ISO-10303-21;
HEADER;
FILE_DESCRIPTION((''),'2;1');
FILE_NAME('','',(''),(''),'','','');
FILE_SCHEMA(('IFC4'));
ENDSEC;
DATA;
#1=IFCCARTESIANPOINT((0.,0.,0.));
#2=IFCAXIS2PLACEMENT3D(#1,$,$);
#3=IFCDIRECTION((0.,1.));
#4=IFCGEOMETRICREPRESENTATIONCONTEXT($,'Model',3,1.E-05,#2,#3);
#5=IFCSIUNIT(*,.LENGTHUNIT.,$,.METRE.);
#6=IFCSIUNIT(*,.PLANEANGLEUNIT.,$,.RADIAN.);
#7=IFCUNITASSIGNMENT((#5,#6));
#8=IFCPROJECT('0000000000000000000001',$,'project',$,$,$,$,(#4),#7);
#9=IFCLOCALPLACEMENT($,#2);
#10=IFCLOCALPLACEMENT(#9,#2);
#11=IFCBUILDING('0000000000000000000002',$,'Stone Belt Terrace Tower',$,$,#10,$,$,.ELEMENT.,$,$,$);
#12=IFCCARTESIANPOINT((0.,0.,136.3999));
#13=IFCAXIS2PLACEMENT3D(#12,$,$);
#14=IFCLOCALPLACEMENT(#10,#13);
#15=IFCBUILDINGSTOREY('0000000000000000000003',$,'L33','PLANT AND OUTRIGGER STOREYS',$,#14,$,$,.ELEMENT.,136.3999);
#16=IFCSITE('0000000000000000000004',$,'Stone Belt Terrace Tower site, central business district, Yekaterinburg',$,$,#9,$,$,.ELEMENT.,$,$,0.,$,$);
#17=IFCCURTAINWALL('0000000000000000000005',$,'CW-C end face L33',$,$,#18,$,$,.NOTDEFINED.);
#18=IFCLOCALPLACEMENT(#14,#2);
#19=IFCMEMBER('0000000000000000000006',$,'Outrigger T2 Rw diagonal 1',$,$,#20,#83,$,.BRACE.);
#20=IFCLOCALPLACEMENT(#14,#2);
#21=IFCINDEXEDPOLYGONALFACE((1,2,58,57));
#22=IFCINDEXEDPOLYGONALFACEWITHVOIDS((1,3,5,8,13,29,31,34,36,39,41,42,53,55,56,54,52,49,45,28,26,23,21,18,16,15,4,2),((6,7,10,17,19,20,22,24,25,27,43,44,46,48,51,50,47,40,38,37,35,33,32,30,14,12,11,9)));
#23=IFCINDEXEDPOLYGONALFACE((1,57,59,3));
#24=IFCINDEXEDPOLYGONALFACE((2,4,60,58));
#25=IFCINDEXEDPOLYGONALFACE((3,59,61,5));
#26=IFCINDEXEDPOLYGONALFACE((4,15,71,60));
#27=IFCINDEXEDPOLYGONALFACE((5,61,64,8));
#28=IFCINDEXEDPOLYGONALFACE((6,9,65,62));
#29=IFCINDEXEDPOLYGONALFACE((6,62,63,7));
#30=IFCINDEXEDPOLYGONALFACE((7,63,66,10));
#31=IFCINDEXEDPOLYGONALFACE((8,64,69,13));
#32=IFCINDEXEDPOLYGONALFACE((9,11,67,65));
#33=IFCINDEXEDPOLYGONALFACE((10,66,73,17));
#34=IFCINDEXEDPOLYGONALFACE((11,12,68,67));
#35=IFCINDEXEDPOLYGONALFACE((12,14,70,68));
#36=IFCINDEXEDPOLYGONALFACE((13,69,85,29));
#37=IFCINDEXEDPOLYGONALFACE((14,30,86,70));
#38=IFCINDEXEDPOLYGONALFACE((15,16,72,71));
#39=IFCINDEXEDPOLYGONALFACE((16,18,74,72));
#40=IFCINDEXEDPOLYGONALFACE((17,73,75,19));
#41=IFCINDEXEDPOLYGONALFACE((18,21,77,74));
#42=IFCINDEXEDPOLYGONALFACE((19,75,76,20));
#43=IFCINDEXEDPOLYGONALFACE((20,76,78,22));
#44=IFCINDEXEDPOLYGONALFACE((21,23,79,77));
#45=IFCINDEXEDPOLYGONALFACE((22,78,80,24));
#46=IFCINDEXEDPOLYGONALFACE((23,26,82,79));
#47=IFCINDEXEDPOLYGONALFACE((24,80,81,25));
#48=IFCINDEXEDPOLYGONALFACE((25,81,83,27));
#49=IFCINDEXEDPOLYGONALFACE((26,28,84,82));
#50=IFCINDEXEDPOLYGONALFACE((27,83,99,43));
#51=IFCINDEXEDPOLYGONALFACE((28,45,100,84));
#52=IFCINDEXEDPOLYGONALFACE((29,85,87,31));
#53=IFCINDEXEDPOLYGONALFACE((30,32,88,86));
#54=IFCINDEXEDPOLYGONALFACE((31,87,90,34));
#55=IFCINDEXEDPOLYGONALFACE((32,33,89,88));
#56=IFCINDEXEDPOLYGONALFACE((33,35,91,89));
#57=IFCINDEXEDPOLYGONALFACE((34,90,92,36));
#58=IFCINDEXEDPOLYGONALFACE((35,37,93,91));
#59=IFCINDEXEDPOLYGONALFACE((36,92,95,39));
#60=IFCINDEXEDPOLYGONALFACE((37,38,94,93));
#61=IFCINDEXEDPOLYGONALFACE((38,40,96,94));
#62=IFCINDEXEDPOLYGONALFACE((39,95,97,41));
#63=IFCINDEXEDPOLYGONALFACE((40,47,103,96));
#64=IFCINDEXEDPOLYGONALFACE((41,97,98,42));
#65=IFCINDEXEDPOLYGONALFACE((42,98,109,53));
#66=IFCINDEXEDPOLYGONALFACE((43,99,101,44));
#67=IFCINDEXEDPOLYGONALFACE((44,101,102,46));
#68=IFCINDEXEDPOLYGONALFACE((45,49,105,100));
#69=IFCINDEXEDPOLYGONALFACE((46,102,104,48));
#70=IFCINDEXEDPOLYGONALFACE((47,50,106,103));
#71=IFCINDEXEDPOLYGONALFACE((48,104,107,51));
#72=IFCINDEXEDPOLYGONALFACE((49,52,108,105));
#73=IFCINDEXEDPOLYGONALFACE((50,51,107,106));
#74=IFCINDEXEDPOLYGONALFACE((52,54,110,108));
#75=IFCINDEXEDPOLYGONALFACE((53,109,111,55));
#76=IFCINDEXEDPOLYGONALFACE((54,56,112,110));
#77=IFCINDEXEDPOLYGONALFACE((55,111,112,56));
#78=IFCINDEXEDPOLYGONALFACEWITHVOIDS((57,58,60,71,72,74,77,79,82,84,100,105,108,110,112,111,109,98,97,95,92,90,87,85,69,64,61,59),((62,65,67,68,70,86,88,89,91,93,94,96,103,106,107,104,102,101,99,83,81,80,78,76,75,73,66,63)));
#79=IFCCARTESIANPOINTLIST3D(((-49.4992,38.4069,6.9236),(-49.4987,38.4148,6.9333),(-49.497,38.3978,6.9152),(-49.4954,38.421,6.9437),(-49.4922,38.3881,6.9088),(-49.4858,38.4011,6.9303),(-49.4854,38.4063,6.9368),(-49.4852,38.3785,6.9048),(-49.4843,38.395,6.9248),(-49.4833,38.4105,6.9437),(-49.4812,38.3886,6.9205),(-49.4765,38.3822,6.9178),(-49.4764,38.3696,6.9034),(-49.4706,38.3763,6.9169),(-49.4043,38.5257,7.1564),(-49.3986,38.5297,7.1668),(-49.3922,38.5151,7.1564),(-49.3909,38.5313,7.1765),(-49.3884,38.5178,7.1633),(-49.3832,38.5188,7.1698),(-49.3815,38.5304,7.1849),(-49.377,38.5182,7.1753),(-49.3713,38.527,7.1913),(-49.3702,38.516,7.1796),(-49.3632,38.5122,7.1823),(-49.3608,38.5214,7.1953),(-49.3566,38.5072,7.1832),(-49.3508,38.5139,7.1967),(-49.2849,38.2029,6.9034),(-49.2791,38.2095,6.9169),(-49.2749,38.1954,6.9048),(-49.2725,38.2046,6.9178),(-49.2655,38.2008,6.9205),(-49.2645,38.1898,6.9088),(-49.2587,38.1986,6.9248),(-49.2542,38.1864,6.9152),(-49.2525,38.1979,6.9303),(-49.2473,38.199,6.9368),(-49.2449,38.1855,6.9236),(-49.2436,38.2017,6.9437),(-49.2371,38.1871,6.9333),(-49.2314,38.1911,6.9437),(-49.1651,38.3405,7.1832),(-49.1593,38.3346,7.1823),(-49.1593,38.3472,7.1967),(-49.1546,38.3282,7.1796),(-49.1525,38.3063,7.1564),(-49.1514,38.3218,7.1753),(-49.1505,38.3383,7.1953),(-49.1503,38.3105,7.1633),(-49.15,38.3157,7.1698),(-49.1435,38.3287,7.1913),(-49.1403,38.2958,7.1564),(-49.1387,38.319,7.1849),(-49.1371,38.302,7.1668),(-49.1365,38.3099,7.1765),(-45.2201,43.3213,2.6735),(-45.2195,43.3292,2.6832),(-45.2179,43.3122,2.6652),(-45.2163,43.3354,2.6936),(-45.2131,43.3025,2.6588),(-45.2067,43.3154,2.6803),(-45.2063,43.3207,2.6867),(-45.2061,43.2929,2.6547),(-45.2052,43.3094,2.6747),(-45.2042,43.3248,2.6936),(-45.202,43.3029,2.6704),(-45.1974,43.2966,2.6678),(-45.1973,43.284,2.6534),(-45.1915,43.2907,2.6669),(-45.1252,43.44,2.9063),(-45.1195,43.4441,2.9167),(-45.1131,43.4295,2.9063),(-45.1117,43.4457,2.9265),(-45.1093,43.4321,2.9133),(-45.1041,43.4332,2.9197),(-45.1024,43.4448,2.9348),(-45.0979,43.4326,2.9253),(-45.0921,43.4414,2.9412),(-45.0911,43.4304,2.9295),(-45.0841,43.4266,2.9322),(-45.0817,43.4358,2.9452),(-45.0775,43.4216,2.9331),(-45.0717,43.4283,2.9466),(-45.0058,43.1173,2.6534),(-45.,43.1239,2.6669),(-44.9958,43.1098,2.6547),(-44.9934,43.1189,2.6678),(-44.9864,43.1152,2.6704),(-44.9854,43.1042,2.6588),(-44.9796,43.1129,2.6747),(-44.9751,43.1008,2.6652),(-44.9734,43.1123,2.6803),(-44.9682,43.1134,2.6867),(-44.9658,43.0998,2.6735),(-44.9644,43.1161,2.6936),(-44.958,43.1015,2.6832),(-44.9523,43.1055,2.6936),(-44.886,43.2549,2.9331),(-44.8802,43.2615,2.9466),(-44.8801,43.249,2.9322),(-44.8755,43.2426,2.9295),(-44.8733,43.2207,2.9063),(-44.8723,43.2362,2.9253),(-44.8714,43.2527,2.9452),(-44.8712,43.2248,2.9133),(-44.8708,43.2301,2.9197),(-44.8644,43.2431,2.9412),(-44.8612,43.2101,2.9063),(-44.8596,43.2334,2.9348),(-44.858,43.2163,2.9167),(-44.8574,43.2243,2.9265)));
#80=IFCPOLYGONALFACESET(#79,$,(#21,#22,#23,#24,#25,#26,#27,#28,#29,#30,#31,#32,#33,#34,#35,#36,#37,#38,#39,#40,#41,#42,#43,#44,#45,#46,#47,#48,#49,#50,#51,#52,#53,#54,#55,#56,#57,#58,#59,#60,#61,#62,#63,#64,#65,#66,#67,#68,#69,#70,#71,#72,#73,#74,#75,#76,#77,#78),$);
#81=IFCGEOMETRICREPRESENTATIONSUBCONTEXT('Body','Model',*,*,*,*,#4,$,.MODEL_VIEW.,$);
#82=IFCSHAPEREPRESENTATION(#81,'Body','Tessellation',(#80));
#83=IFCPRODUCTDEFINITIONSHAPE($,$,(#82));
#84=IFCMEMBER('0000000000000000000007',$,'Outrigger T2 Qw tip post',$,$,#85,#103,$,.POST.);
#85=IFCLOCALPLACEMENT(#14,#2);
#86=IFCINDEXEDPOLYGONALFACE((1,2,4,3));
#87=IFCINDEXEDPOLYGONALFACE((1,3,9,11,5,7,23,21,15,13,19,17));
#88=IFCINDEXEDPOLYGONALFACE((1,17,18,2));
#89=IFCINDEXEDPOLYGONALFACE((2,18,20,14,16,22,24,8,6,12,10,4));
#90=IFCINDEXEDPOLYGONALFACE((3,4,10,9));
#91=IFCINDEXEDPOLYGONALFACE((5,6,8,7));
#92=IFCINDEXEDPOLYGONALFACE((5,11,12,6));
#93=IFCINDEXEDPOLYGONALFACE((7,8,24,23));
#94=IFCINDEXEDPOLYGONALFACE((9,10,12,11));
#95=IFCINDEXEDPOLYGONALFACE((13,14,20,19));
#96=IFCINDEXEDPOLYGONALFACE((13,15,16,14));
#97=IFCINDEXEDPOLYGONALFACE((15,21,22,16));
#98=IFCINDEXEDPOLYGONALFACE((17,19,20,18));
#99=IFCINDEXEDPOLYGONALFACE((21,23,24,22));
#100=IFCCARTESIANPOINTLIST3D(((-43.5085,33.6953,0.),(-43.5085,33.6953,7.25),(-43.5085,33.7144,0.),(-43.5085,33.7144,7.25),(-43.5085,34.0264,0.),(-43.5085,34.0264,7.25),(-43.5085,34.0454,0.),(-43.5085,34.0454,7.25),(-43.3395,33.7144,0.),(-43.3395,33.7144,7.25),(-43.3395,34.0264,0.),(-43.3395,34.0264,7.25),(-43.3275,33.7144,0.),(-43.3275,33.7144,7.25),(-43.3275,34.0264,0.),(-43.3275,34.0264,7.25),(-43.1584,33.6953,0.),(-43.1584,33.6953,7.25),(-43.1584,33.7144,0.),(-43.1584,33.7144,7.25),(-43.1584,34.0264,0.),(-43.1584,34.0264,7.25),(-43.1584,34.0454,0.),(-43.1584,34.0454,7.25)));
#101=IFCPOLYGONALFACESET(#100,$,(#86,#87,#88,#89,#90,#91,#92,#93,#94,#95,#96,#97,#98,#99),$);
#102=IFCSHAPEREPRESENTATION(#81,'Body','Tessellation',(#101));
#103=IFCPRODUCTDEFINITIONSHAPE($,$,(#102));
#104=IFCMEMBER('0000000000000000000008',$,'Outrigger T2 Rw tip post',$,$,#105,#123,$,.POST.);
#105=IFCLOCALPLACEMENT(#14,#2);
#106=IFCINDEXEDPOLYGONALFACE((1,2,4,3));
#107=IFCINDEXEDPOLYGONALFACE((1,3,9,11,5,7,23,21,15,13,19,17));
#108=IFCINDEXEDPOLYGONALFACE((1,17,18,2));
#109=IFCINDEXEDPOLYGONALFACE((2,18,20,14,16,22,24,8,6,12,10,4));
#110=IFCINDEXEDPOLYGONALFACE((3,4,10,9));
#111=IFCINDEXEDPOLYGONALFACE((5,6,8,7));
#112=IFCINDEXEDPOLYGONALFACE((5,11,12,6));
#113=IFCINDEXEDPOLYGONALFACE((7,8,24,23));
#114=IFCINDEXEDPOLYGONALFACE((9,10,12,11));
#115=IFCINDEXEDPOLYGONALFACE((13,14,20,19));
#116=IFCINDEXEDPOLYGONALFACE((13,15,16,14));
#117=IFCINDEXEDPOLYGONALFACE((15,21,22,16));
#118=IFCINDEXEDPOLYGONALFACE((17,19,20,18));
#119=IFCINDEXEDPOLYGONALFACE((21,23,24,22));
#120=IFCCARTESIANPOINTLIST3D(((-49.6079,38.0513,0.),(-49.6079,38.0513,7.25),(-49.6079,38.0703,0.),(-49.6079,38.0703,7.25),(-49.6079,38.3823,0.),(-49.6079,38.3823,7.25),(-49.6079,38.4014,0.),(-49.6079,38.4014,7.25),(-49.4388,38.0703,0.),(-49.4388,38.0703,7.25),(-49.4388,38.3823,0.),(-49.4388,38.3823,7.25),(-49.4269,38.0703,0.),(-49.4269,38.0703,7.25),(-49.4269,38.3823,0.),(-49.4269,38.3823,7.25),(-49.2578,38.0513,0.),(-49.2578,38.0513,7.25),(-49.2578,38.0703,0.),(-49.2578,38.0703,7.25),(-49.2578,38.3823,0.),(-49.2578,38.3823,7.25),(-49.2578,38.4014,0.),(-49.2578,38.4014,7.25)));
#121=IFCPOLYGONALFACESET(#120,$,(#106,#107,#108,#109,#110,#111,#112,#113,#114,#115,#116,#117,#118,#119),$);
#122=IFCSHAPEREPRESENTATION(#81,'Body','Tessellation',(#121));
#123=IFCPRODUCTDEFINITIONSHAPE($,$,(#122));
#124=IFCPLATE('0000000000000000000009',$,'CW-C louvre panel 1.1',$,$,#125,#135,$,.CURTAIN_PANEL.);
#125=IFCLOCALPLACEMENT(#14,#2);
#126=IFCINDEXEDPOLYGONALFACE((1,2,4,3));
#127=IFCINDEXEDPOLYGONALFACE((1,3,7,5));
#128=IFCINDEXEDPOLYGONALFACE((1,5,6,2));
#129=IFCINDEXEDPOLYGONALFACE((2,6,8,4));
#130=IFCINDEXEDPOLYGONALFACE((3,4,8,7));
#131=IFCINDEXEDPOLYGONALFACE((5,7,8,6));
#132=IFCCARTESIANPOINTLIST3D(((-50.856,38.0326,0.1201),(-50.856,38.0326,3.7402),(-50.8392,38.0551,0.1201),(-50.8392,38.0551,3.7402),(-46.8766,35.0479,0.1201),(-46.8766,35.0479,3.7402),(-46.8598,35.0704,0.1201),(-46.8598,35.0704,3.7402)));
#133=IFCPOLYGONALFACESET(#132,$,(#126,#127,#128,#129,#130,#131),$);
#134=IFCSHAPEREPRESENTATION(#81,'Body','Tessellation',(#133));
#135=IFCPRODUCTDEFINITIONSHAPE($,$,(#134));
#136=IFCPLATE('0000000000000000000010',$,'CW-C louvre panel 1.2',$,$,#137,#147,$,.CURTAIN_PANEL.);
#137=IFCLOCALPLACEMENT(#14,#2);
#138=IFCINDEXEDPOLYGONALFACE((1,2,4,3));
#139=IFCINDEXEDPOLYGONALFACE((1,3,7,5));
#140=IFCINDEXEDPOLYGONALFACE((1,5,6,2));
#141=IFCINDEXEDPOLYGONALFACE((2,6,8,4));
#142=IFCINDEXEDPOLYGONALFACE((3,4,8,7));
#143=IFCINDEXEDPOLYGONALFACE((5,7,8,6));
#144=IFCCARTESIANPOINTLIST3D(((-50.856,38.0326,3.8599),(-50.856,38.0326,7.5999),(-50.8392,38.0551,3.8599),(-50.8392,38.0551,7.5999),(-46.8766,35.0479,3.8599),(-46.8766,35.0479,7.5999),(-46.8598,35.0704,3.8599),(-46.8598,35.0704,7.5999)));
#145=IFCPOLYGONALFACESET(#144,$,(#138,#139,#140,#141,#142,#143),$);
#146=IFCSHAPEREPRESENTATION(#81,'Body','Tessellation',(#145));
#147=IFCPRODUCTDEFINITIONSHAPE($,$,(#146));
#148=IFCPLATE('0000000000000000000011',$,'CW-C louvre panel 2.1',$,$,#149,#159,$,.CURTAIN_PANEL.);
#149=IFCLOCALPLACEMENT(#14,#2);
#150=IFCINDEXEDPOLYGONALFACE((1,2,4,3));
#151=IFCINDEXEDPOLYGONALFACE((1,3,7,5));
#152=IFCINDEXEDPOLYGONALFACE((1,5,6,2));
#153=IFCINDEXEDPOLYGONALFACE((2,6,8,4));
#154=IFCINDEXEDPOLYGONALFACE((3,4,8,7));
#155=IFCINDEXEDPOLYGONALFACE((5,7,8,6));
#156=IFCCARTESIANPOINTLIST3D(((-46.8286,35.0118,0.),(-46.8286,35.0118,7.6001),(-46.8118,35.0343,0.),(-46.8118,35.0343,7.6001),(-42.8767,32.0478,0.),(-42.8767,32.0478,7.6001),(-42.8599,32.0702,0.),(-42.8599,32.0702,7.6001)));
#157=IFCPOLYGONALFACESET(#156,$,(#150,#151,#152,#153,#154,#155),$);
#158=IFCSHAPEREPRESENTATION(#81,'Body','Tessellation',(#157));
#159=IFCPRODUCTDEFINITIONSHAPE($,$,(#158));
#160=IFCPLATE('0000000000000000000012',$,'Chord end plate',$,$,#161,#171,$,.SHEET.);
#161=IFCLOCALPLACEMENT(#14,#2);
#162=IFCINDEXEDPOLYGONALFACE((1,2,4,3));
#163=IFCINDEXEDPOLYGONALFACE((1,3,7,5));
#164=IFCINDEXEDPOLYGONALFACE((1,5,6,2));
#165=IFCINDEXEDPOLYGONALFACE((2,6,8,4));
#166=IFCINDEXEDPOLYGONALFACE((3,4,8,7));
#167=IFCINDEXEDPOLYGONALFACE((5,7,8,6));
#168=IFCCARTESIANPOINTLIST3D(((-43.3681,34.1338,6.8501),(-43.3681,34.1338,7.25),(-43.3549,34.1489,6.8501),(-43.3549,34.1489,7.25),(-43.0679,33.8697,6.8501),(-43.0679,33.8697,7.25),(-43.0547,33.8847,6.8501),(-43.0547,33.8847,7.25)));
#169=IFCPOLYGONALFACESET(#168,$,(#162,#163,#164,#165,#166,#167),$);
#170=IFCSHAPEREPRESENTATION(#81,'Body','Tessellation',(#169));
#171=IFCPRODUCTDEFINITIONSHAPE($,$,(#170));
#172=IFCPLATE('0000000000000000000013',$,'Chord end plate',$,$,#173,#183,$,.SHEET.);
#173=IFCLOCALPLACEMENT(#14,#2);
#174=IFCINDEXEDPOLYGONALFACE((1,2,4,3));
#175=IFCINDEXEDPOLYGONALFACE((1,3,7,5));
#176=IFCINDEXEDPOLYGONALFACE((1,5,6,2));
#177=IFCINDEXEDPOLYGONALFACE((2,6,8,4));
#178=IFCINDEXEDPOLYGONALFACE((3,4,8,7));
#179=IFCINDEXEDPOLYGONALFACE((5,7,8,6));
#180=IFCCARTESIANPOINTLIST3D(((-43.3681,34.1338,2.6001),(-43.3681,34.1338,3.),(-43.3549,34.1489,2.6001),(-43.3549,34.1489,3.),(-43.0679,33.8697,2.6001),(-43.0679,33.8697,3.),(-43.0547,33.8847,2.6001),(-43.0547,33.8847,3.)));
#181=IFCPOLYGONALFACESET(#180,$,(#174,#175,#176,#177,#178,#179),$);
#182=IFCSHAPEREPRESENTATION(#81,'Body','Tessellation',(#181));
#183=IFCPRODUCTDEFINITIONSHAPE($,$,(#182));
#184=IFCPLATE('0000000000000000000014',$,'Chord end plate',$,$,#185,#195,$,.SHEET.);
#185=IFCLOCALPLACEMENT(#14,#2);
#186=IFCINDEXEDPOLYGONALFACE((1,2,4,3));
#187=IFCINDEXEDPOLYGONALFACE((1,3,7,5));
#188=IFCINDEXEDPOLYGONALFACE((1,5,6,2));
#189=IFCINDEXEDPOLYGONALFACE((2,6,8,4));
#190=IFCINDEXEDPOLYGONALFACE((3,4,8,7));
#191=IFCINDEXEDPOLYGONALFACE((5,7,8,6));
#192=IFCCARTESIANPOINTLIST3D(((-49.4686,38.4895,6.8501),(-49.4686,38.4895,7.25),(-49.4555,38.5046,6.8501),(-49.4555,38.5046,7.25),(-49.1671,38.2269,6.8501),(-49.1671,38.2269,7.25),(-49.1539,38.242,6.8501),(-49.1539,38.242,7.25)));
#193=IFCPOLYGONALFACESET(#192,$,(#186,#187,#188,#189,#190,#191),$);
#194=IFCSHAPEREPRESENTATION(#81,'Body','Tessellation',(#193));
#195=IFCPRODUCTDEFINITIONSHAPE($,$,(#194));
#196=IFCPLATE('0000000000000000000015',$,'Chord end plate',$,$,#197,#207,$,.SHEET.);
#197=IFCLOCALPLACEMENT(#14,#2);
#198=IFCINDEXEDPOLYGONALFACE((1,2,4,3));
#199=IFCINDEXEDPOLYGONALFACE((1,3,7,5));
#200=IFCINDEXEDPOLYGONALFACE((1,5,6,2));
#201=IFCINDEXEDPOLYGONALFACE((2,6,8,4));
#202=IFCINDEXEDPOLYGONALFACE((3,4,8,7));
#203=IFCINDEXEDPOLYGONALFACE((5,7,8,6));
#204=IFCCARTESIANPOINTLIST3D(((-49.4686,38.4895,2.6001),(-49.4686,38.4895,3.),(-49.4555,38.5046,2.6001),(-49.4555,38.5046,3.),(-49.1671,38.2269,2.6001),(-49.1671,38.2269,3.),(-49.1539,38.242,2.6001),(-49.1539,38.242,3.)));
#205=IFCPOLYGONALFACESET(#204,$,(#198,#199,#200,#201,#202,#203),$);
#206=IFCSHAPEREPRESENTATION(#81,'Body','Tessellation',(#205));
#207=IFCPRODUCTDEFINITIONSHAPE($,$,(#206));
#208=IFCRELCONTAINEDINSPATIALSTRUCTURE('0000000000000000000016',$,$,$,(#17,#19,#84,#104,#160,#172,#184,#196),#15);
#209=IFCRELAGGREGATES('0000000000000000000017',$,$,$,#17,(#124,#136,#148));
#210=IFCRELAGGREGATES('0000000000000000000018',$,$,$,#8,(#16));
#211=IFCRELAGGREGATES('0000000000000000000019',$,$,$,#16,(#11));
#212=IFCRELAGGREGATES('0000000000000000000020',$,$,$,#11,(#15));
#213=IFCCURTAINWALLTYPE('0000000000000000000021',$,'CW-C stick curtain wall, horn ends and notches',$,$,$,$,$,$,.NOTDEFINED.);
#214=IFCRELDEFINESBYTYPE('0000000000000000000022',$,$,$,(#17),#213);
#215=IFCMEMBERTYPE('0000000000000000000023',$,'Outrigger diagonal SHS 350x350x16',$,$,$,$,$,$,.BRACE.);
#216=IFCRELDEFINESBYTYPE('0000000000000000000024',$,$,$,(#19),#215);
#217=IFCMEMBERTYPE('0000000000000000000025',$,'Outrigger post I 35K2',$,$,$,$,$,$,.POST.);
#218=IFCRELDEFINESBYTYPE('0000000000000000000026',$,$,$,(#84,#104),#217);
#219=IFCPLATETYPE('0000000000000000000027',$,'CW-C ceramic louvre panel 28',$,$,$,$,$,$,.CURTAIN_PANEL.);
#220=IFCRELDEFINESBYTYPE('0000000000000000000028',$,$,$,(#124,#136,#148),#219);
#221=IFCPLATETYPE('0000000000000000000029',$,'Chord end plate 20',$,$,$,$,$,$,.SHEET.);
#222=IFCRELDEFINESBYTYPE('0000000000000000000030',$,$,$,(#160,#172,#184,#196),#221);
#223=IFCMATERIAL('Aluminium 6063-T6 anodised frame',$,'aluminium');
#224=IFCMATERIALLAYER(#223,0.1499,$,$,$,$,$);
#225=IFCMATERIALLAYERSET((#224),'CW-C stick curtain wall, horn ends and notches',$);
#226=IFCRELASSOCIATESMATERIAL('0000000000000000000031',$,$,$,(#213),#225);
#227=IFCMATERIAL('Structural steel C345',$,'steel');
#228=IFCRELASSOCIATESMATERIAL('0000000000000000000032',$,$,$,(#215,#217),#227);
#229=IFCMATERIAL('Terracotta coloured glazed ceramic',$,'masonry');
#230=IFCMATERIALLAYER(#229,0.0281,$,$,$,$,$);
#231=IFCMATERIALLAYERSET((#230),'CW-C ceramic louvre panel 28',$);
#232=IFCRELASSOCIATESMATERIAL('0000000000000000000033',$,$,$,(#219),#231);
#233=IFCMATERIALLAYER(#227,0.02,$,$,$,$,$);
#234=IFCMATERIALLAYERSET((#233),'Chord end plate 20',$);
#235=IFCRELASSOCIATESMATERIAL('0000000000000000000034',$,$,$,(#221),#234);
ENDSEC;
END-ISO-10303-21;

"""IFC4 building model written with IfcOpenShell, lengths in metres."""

from ifc_helpers import new_model, si_unit, direction, frame, origin, origin_2d, place, context, subcontext, project, spatial, rectangle, hollow_rectangle, i_section, extrude, material, layer, layer_set, material_profile, profile_set, type_object, element, aggregate, save


model = new_model("IFC4")

# Units and contexts
model_context = context("Model", 3, precision=1e-05, world=origin(), true_north=direction((0.0, 1.0)))
body_context = subcontext(model_context, "Body", "Model", "MODEL_VIEW")
ifc_project = project(units=[si_unit("LENGTHUNIT", "METRE"), si_unit("PLANEANGLEUNIT", "RADIAN")], contexts=[model_context])

# Site, building, storey
site_placement = place(None, origin())
site = spatial("IfcSite", under=ifc_project, at=site_placement, Name="Stone Belt Terrace Tower site, central business district, Yekaterinburg", CompositionType="ELEMENT", RefElevation=0.0)
building_placement = place(site_placement, origin())
building = spatial("IfcBuilding", under=site, at=building_placement, Name="Stone Belt Terrace Tower", CompositionType="ELEMENT")
storey_placement = place(building_placement, frame((0.0, 0.0, 136.3999)))
storey = spatial("IfcBuildingStorey", under=building, at=storey_placement, Name="L33", Description="PLANT AND OUTRIGGER STOREYS", CompositionType="ELEMENT", Elevation=136.3999)

# Curtain wall
ifc_material_1 = material(Name="Aluminium 6063-T6 anodised frame", Category="aluminium")
ifc_layer_1 = layer(ifc_material_1, 0.1499)
ifc_layer_set_1 = layer_set([ifc_layer_1], Name="CW-C stick curtain wall, horn ends and notches")
curtain_wall_type = type_object("IfcCurtainWallType", Name="CW-C stick curtain wall, horn ends and notches", PredefinedType="NOTDEFINED", material=ifc_layer_set_1)
curtain_wall_placement = place(storey_placement, origin())
curtain_wall = element("IfcCurtainWall", 1, at=curtain_wall_placement, inside=storey, type_object=curtain_wall_type, Name="CW-C end face L33", PredefinedType="NOTDEFINED")

# Members
ifc_material_2 = material(Name="Structural steel C345", Category="steel")
ifc_material_profile_1 = material_profile(ifc_material_2, hollow_rectangle(XDim=0.3501, YDim=0.3501, WallThickness=0.0161, InnerFilletRadius=0.032, OuterFilletRadius=0.0481, at=origin_2d()), Name="SHS 350x350x16")
ifc_profile_set_1 = profile_set([ifc_material_profile_1], Name="Structural steel C345")
member_type_1 = type_object("IfcMemberType", Name="Outrigger diagonal SHS 350x350x16", PredefinedType="BRACE", material=ifc_profile_set_1)
member_1_placement = place(storey_placement, frame((-49.3179, 38.3584, 7.05), z_axis=(0.55003, 0.631686, -0.546296), x_axis=(-0.754169, 0.65668, 0.0)))
element("IfcMember", 2, at=member_1_placement, inside=storey, type_object=member_type_1, Name="Outrigger T2 Rw diagonal 1", PredefinedType="BRACE", context=body_context, shape_type="SweptSolid", body=[
    extrude(hollow_rectangle(XDim=0.3501, YDim=0.3501, WallThickness=0.0161, InnerFilletRadius=0.032, OuterFilletRadius=0.0481, at=origin_2d()), origin(), (0.0, 0.0, 1.0), 7.7798),
])
ifc_material_profile_2 = material_profile(ifc_material_2, i_section(OverallWidth=0.3501, OverallDepth=0.3501, WebThickness=0.012, FlangeThickness=0.019, at=origin_2d()), Name="I 35K2")
ifc_profile_set_2 = profile_set([ifc_material_profile_2], Name="Structural steel C345")
member_type_2 = type_object("IfcMemberType", Name="Outrigger post I 35K2", PredefinedType="POST", material=ifc_profile_set_2)
for number, where, z_axis, x_axis, name in (
    (3, (-43.3335, 33.8704, 0.0), (0.0, 0.0, 1.0), (1.0, 0.0, 0.0), "Outrigger T2 Qw tip post"),
    (4, (-49.4329, 38.2263, 0.0), (0.0, 0.0, 1.0), (1.0, 0.0, 0.0), "Outrigger T2 Rw tip post"),
):
    element("IfcMember", number, at=place(storey_placement, frame(where, z_axis=z_axis, x_axis=x_axis)), inside=storey, type_object=member_type_2, Name=name, PredefinedType="POST", context=body_context, shape_type="SweptSolid", body=[
        extrude(i_section(OverallWidth=0.3501, OverallDepth=0.3501, WebThickness=0.012, FlangeThickness=0.019, at=origin_2d()), origin(), (0.0, 0.0, 1.0), 7.25),
    ])

# Plates
ifc_material_3 = material(Name="Terracotta coloured glazed ceramic", Category="masonry")
ifc_layer_2 = layer(ifc_material_3, 0.0281)
ifc_layer_set_2 = layer_set([ifc_layer_2], Name="CW-C ceramic louvre panel 28")
plate_type_1 = type_object("IfcPlateType", Name="CW-C ceramic louvre panel 28", PredefinedType="CURTAIN_PANEL", material=ifc_layer_set_2)
plate_1_placement = place(storey_placement, frame((-48.8579, 36.5515, 0.1201), z_axis=(0.0, 0.0, 1.0), x_axis=(0.799987, -0.600018, 0.0)))
plate_1 = element("IfcPlate", 5, at=plate_1_placement, type_object=plate_type_1, Name="CW-C louvre panel 1.1", PredefinedType="CURTAIN_PANEL", context=body_context, shape_type="SweptSolid", body=[
    extrude(rectangle(XDim=4.9744, YDim=0.0281, at=origin_2d()), origin(), (0.0, 0.0, 1.0), 3.6201),
])
plate_2_placement = place(storey_placement, frame((-48.8579, 36.5515, 3.8599), z_axis=(0.0, 0.0, 1.0), x_axis=(0.799987, -0.600018, 0.0)))
plate_2 = element("IfcPlate", 6, at=plate_2_placement, type_object=plate_type_1, Name="CW-C louvre panel 1.2", PredefinedType="CURTAIN_PANEL", context=body_context, shape_type="SweptSolid", body=[
    extrude(rectangle(XDim=4.9744, YDim=0.0281, at=origin_2d()), origin(), (0.0, 0.0, 1.0), 3.74),
])
plate_3_placement = place(storey_placement, frame((-44.8442, 33.541, 0.0), z_axis=(0.0, 0.0, 1.0), x_axis=(0.799987, -0.600018, 0.0)))
plate_3 = element("IfcPlate", 7, at=plate_3_placement, type_object=plate_type_1, Name="CW-C louvre panel 2.1", PredefinedType="CURTAIN_PANEL", context=body_context, shape_type="SweptSolid", body=[
    extrude(rectangle(XDim=4.9399, YDim=0.0281, at=origin_2d()), origin(), (0.0, 0.0, 1.0), 7.6001),
])
aggregate(curtain_wall, [plate_1, plate_2, plate_3])

# Plates
ifc_layer_3 = layer(ifc_material_2, 0.02)
ifc_layer_set_3 = layer_set([ifc_layer_3], Name="Chord end plate 20")
plate_type_2 = type_object("IfcPlateType", Name="Chord end plate 20", PredefinedType="SHEET", material=ifc_layer_set_3)
for number, where, z_axis, x_axis, name in (
    (8, (-43.2114, 34.0093, 6.8501), (0.0, 0.0, 1.0), (-0.660598, -0.75074, 0.0), "Chord end plate"),
    (9, (-43.2114, 34.0093, 2.6001), (0.0, 0.0, 1.0), (-0.660598, -0.75074, 0.0), "Chord end plate"),
    (10, (-49.3113, 38.3657, 6.8501), (0.0, 0.0, 1.0), (-0.656695, -0.754156, 0.0), "Chord end plate"),
    (11, (-49.3113, 38.3657, 2.6001), (0.0, 0.0, 1.0), (-0.656695, -0.754156, 0.0), "Chord end plate"),
):
    element("IfcPlate", number, at=place(storey_placement, frame(where, z_axis=z_axis, x_axis=x_axis)), inside=storey, type_object=plate_type_2, Name=name, PredefinedType="SHEET", context=body_context, shape_type="SweptSolid", body=[
        extrude(rectangle(XDim=0.02, YDim=0.3999, at=origin_2d()), origin(), (0.0, 0.0, 1.0), 0.3999),
    ])

save(model, "model.ifc")
